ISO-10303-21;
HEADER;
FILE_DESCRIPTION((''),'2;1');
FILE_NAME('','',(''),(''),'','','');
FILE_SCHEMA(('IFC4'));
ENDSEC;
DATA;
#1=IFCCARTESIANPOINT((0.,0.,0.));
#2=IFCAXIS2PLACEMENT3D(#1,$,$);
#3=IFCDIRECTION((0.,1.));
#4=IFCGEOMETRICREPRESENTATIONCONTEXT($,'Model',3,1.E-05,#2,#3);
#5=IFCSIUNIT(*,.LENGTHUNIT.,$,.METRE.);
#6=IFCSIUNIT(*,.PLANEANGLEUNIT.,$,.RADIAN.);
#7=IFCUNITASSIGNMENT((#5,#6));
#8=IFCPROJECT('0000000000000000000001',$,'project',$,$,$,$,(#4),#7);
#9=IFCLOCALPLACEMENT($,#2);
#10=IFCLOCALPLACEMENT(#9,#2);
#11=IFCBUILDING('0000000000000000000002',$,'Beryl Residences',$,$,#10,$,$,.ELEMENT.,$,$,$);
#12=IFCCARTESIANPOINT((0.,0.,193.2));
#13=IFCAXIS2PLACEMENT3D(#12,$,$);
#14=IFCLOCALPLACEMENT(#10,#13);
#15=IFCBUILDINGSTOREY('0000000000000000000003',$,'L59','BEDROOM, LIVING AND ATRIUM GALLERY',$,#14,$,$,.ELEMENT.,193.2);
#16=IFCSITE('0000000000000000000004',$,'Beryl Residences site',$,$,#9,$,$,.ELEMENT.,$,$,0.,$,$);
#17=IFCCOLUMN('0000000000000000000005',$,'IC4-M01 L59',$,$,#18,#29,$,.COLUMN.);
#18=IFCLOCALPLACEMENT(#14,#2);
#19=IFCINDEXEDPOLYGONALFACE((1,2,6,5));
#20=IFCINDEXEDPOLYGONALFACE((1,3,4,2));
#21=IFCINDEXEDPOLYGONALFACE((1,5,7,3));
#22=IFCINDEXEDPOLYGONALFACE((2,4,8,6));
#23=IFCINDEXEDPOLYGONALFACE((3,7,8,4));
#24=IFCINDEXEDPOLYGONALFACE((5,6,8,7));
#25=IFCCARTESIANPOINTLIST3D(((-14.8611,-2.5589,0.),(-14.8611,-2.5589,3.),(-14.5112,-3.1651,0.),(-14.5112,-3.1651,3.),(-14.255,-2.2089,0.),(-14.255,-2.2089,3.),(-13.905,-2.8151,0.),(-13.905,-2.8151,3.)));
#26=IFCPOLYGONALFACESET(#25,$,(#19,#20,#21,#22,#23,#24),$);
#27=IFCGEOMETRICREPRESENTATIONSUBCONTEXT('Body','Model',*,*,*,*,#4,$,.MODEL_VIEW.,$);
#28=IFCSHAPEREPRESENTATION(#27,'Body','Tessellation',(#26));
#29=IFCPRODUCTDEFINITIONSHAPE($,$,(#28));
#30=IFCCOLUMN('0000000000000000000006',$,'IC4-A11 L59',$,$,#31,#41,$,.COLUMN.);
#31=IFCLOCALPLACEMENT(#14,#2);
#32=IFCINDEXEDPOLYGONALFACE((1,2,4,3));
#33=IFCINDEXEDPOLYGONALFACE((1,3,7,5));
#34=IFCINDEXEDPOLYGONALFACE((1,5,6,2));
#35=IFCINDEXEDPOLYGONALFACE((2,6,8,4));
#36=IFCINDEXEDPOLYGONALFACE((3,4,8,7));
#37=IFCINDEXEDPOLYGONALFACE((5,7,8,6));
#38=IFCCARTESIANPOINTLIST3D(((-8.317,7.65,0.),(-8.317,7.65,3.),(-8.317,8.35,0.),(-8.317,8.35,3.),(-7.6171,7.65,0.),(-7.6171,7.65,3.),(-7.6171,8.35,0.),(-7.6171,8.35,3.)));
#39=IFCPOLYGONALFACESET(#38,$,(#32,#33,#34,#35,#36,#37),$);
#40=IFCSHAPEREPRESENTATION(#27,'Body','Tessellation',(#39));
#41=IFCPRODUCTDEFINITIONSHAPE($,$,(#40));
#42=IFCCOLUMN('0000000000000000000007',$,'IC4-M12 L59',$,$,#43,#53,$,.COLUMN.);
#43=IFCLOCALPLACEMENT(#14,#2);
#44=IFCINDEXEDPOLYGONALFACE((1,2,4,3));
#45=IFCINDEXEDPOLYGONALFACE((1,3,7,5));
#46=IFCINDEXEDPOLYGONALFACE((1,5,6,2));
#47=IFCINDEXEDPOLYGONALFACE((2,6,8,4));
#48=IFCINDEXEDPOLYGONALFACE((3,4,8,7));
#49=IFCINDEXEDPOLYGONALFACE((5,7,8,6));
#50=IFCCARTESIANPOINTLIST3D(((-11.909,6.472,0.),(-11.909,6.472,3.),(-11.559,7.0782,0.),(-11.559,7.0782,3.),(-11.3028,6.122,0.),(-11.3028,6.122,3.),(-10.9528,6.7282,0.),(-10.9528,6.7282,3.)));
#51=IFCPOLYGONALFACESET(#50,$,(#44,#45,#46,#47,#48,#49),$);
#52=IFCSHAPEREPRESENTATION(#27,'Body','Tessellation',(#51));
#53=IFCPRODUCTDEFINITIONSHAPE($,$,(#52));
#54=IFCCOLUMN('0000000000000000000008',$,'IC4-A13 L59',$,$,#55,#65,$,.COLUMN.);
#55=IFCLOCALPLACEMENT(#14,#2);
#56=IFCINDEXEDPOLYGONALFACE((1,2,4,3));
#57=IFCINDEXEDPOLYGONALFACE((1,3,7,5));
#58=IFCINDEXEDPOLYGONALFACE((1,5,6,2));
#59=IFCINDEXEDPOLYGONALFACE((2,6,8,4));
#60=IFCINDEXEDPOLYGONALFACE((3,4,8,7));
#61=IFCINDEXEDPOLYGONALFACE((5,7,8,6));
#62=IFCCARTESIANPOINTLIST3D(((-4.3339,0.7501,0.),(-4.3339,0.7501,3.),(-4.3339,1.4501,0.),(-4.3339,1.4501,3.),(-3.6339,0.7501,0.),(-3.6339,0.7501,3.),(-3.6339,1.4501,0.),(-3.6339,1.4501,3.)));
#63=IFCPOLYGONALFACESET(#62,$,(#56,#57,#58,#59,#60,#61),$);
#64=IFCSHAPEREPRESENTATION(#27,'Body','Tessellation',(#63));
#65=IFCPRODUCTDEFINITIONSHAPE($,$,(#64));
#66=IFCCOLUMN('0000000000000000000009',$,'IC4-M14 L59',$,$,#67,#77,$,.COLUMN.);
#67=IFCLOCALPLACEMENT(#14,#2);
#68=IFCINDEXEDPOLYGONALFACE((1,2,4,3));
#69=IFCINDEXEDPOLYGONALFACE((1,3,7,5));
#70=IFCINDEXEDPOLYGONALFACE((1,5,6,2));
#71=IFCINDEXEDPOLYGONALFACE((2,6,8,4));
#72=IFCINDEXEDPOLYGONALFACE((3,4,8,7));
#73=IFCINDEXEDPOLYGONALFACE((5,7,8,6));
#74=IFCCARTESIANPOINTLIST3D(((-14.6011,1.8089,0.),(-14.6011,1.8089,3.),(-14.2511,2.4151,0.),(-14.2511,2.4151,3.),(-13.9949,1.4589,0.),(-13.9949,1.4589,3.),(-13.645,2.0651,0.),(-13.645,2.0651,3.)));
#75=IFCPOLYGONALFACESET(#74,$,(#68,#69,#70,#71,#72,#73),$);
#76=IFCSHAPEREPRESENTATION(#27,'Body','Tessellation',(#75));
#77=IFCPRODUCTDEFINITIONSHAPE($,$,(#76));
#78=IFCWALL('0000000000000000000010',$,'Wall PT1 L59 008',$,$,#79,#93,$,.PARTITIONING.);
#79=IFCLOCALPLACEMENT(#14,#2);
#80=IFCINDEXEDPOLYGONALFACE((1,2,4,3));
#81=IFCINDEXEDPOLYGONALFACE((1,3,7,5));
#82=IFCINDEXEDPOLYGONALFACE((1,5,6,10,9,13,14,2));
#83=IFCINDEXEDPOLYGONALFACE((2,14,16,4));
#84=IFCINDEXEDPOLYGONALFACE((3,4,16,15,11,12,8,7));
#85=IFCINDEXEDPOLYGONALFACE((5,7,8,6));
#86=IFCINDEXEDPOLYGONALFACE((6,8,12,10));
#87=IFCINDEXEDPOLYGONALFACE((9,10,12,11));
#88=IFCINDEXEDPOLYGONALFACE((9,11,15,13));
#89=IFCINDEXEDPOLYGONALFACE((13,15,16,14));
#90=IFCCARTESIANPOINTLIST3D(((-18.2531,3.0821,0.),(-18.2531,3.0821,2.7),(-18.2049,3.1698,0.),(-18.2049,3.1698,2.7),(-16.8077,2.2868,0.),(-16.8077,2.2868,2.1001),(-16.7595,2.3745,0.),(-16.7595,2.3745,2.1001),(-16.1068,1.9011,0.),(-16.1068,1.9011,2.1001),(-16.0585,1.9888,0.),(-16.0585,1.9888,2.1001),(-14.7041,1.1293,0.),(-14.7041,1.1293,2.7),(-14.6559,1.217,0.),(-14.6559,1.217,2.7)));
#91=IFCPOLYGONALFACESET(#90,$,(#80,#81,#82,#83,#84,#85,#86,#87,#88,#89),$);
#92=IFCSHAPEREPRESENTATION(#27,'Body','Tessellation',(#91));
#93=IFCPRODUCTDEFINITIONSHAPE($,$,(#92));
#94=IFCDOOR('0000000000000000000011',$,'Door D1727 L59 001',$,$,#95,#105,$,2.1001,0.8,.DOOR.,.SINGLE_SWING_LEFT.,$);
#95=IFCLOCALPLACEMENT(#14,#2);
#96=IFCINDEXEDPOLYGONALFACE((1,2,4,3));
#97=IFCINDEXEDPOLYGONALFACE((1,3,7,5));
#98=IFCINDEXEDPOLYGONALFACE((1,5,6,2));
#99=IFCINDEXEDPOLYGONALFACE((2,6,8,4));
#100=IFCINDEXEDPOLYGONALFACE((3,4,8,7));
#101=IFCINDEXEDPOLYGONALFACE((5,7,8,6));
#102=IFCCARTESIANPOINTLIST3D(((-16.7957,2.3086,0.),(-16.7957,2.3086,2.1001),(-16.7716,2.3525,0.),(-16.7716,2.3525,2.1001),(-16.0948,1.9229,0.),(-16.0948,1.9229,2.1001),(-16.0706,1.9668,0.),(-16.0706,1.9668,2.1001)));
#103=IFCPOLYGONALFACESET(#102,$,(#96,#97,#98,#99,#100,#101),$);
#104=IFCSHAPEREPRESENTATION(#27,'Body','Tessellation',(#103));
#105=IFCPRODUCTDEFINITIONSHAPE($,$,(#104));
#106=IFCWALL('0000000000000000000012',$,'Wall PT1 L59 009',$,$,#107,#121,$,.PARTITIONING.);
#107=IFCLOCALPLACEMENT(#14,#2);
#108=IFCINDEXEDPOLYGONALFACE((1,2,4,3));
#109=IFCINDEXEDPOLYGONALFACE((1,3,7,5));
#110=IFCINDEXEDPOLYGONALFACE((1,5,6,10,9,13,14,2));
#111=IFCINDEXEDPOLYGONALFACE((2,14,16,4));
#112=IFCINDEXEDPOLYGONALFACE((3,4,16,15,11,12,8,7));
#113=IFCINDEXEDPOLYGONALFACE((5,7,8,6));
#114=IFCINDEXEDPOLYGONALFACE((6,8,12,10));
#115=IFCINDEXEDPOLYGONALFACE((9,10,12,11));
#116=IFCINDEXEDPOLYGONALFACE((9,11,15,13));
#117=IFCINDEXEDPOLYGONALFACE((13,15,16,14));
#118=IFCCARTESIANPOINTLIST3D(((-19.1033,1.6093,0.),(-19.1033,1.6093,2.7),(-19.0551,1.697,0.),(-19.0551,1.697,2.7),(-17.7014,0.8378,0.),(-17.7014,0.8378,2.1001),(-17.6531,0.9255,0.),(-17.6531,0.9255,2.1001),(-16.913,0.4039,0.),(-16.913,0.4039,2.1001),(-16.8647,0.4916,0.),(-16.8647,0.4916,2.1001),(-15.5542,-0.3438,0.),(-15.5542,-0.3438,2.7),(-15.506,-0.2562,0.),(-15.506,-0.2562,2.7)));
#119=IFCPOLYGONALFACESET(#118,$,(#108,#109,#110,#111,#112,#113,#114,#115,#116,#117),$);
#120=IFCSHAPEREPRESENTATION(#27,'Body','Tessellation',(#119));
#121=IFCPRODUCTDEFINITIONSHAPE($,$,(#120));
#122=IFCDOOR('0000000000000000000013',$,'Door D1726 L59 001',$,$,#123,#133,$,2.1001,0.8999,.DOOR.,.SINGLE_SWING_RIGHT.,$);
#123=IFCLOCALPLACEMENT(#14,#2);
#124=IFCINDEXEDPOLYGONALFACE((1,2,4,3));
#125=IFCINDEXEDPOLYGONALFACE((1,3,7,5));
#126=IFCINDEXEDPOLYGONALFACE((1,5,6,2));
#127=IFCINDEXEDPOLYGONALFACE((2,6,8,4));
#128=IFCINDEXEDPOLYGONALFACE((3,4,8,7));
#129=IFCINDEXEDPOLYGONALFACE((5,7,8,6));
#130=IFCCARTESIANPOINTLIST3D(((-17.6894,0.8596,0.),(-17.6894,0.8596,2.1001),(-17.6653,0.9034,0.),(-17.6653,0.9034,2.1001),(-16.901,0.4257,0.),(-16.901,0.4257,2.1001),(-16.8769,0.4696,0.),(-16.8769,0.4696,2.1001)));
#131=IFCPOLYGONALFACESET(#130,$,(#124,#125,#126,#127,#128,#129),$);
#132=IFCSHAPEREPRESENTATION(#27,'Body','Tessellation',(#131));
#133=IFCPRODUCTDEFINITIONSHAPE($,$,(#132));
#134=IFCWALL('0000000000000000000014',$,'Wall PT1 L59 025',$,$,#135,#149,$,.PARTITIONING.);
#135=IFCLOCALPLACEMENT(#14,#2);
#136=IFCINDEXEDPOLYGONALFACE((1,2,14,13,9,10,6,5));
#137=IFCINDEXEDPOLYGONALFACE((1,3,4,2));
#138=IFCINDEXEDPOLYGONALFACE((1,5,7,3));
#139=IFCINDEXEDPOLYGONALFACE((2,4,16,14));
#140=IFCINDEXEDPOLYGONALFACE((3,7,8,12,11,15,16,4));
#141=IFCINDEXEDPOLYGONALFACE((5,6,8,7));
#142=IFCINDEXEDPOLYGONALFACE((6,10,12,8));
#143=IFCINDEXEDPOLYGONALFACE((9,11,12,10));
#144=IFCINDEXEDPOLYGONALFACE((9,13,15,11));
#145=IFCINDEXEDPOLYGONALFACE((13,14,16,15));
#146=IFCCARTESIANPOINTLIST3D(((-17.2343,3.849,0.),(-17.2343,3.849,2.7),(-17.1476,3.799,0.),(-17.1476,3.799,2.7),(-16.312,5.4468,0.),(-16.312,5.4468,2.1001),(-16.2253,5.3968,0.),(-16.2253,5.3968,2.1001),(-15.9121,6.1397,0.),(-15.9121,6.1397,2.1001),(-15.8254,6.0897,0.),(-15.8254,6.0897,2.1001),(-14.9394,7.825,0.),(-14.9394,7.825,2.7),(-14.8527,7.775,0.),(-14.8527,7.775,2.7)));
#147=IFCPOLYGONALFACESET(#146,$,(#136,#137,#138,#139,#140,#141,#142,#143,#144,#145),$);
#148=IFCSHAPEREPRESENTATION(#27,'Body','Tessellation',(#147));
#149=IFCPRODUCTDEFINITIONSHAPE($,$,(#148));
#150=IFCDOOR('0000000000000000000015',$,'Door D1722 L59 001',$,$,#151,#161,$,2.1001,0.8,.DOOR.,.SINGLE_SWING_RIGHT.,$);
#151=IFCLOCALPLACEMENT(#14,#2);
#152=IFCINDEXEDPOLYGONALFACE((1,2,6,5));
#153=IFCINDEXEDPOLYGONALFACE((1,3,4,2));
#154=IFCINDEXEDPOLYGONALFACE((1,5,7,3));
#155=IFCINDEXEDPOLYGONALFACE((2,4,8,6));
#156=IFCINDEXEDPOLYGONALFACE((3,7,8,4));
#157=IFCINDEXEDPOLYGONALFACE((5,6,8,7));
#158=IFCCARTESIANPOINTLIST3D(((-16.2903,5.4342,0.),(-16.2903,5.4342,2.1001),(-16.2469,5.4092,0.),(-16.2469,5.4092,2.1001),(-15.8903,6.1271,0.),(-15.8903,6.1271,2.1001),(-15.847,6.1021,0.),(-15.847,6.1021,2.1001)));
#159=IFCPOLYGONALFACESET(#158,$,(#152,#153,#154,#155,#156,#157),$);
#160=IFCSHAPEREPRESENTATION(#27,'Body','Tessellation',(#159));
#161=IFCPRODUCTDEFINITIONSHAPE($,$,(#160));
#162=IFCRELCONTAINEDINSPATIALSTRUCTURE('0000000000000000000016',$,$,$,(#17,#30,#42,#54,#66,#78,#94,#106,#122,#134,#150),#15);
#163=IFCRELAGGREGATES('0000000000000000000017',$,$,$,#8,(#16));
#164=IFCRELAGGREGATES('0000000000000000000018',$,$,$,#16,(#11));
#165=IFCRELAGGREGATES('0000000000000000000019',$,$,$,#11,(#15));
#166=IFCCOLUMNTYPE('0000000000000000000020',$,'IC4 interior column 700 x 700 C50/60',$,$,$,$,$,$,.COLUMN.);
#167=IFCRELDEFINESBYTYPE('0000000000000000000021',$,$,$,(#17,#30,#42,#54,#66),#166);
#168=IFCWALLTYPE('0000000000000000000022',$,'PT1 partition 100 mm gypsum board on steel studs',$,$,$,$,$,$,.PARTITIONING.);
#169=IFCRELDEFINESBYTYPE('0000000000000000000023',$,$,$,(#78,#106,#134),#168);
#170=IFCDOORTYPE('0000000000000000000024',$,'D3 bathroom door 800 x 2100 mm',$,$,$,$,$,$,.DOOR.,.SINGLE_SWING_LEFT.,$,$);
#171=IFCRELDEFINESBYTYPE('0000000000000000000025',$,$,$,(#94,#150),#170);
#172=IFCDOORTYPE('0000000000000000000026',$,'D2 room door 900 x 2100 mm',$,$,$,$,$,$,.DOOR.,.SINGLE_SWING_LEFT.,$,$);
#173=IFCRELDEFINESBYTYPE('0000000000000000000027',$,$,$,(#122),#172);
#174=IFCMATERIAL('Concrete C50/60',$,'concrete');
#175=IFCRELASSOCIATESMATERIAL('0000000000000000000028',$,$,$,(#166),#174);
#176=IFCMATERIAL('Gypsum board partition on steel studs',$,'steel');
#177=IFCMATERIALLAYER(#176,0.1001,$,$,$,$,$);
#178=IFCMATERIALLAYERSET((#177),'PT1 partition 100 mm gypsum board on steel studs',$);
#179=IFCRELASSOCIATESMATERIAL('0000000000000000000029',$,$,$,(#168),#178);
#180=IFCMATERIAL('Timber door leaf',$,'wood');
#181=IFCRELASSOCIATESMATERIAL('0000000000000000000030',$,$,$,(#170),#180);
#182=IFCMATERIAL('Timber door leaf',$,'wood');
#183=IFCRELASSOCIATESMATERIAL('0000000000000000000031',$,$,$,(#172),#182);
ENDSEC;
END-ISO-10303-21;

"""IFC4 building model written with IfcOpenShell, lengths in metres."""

from ifc_helpers import new_model, si_unit, direction, frame, frame_2d, origin, origin_2d, place, context, subcontext, project, spatial, rectangle, extrude, material, layer, layer_set, material_profile, profile_set, type_object, element, fill, save


model = new_model("IFC4")

# Units and contexts
model_context = context("Model", 3, precision=1e-05, world=origin(), true_north=direction((0.0, 1.0)))
body_context = subcontext(model_context, "Body", "Model", "MODEL_VIEW")
ifc_project = project(units=[si_unit("LENGTHUNIT", "METRE"), si_unit("PLANEANGLEUNIT", "RADIAN")], contexts=[model_context])

# Site, building, storey
site_placement = place(None, origin())
site = spatial("IfcSite", under=ifc_project, at=site_placement, Name="Beryl Residences site", CompositionType="ELEMENT", RefElevation=0.0)
building_placement = place(site_placement, origin())
building = spatial("IfcBuilding", under=site, at=building_placement, Name="Beryl Residences", CompositionType="ELEMENT")
storey_placement = place(building_placement, frame((0.0, 0.0, 193.2)))
storey = spatial("IfcBuildingStorey", under=building, at=storey_placement, Name="L59", Description="BEDROOM, LIVING AND ATRIUM GALLERY", CompositionType="ELEMENT", Elevation=193.2)

# Columns
ifc_material_1 = material(Name="Concrete C50/60", Category="concrete")
ifc_material_profile = material_profile(ifc_material_1, rectangle(XDim=0.7, YDim=0.7, at=origin_2d()))
ifc_profile_set = profile_set([ifc_material_profile], Name="Concrete C50/60")
column_type = type_object("IfcColumnType", Name="IC4 interior column 700 x 700 C50/60", PredefinedType="COLUMN", material=ifc_profile_set)
for number, where, z_axis, x_axis, name in (
    (1, (-14.3831, -2.687, 0.0), (0.0, 0.0, 1.0), (0.5, -0.866025, 0.0), "IC4-M01 L59"),
    (2, (-7.967, 8.0, 0.0), (0.0, 0.0, 1.0), (1.0, 0.0, 0.0), "IC4-A11 L59"),
    (3, (-11.4309, 6.6001, 0.0), (0.0, 0.0, 1.0), (-0.5, -0.866025, 0.0), "IC4-M12 L59"),
    (4, (-3.9839, 1.1001, 0.0), (0.0, 0.0, 1.0), (1.0, 0.0, 0.0), "IC4-A13 L59"),
    (5, (-14.123, 1.937, 0.0), (0.0, 0.0, 1.0), (-0.5, -0.866025, 0.0), "IC4-M14 L59"),
):
    element("IfcColumn", number, at=place(storey_placement, frame(where, z_axis=z_axis, x_axis=x_axis)), inside=storey, type_object=column_type, Name=name, PredefinedType="COLUMN", context=body_context, shape_type="SweptSolid", body=[
        extrude(rectangle(XDim=0.7, YDim=0.7, at=origin_2d()), origin(), (0.0, 0.0, 1.0), 3.0),
    ])

# Walls, openings, doors
ifc_material_2 = material(Name="Gypsum board partition on steel studs", Category="steel")
ifc_layer_1 = layer(ifc_material_2, 0.1001)
ifc_layer_set_1 = layer_set([ifc_layer_1], Name="PT1 partition 100 mm gypsum board on steel studs")
wall_type_1 = type_object("IfcWallType", Name="PT1 partition 100 mm gypsum board on steel studs", PredefinedType="PARTITIONING", material=ifc_layer_set_1)
wall_1_placement = place(storey_placement, frame((-18.229, 3.126, 0.0), z_axis=(0.0, 0.0, 1.0), x_axis=(0.876123, -0.482088, 0.0)))
wall_1 = element("IfcWall", 6, at=wall_1_placement, inside=storey, type_object=wall_type_1, Name="Wall PT1 L59 008", PredefinedType="PARTITIONING", context=body_context, shape_type="SweptSolid", body=[
    extrude(rectangle(XDim=4.0508, YDim=0.1001, at=frame_2d((2.0254, 0.0))), origin(), (0.0, 0.0, 1.0), 2.7),
])
opening_1_placement = place(wall_1_placement, frame((1.6499, 0.0, 0.0)))
opening_1 = element("IfcOpeningElement", 7, at=opening_1_placement, cuts=wall_1, PredefinedType="OPENING", context=body_context, shape_type="SweptSolid", body=[
    extrude(rectangle(XDim=0.8, YDim=2.1001, at=frame_2d((0.3999, 1.05))), frame((0.0, 0.0601, 0.0), z_axis=(0.0, -1.0, 0.0), x_axis=(1.0, 0.0, 0.0)), (0.0, 0.0, 1.0), 0.1201),
])
ifc_material_3 = material(Name="Timber door leaf", Category="wood")
door_type_1 = type_object("IfcDoorType", Name="D3 bathroom door 800 x 2100 mm", OperationType="SINGLE_SWING_LEFT", PredefinedType="DOOR", material=ifc_material_3)
door_1_placement = place(opening_1_placement, origin())
door_1 = element("IfcDoor", 8, at=door_1_placement, inside=storey, type_object=door_type_1, Name="Door D1727 L59 001", OperationType="SINGLE_SWING_LEFT", OverallHeight=2.1001, OverallWidth=0.8, PredefinedType="DOOR", context=body_context, shape_type="SweptSolid", body=[
    extrude(rectangle(XDim=0.8, YDim=2.1001, at=frame_2d((0.3999, 1.05))), frame((0.0, 0.0249, 0.0), z_axis=(0.0, -1.0, 0.0), x_axis=(1.0, 0.0, 0.0)), (0.0, 0.0, 1.0), 0.05),
])
fill(opening_1, door_1)
wall_2_placement = place(storey_placement, frame((-19.0791, 1.6531, 0.0), z_axis=(0.0, 0.0, 1.0), x_axis=(0.876098, -0.482134, 0.0)))
wall_2 = element("IfcWall", 9, at=wall_2_placement, inside=storey, type_object=wall_type_1, Name="Wall PT1 L59 009", PredefinedType="PARTITIONING", context=body_context, shape_type="SweptSolid", body=[
    extrude(rectangle(XDim=4.051, YDim=0.1001, at=frame_2d((2.0254, 0.0))), origin(), (0.0, 0.0, 1.0), 2.7),
])
opening_2_placement = place(wall_2_placement, frame((1.6001, 0.0, 0.0)))
opening_2 = element("IfcOpeningElement", 10, at=opening_2_placement, cuts=wall_2, PredefinedType="OPENING", context=body_context, shape_type="SweptSolid", body=[
    extrude(rectangle(XDim=0.8999, YDim=2.1001, at=frame_2d((0.45, 1.05))), frame((0.0, 0.0601, 0.0), z_axis=(0.0, -1.0, 0.0), x_axis=(1.0, 0.0, 0.0)), (0.0, 0.0, 1.0), 0.1201),
])
ifc_material_4 = material(Name="Timber door leaf", Category="wood")
door_type_2 = type_object("IfcDoorType", Name="D2 room door 900 x 2100 mm", OperationType="SINGLE_SWING_LEFT", PredefinedType="DOOR", material=ifc_material_4)
door_2_placement = place(opening_2_placement, origin())
door_2 = element("IfcDoor", 11, at=door_2_placement, inside=storey, type_object=door_type_2, Name="Door D1726 L59 001", OperationType="SINGLE_SWING_RIGHT", OverallHeight=2.1001, OverallWidth=0.8999, PredefinedType="DOOR", context=body_context, shape_type="SweptSolid", body=[
    extrude(rectangle(XDim=0.8999, YDim=2.1001, at=frame_2d((0.45, 1.05))), frame((0.0, 0.0249, 0.0), z_axis=(0.0, -1.0, 0.0), x_axis=(1.0, 0.0, 0.0)), (0.0, 0.0, 1.0), 0.05),
])
fill(opening_2, door_2)
wall_3_placement = place(storey_placement, frame((-17.1909, 3.824, 0.0), z_axis=(0.0, 0.0, 1.0), x_axis=(0.499891, 0.866088, 0.0)))
wall_3 = element("IfcWall", 12, at=wall_3_placement, inside=storey, type_object=wall_type_1, Name="Wall PT1 L59 025", PredefinedType="PARTITIONING", context=body_context, shape_type="SweptSolid", body=[
    extrude(rectangle(XDim=4.5908, YDim=0.1001, at=frame_2d((2.2954, 0.0))), origin(), (0.0, 0.0, 1.0), 2.7),
])
opening_3_placement = place(wall_3_placement, frame((1.845, 0.0, 0.0)))
opening_3 = element("IfcOpeningElement", 13, at=opening_3_placement, cuts=wall_3, PredefinedType="OPENING", context=body_context, shape_type="SweptSolid", body=[
    extrude(rectangle(XDim=0.8, YDim=2.1001, at=frame_2d((0.3999, 1.05))), frame((0.0, 0.0601, 0.0), z_axis=(0.0, -1.0, 0.0), x_axis=(1.0, 0.0, 0.0)), (0.0, 0.0, 1.0), 0.1201),
])
door_3_placement = place(opening_3_placement, origin())
door_3 = element("IfcDoor", 14, at=door_3_placement, inside=storey, type_object=door_type_1, Name="Door D1722 L59 001", OperationType="SINGLE_SWING_RIGHT", OverallHeight=2.1001, OverallWidth=0.8, PredefinedType="DOOR", context=body_context, shape_type="SweptSolid", body=[
    extrude(rectangle(XDim=0.8, YDim=2.1001, at=frame_2d((0.3999, 1.05))), frame((0.0, 0.0249, 0.0), z_axis=(0.0, -1.0, 0.0), x_axis=(1.0, 0.0, 0.0)), (0.0, 0.0, 1.0), 0.05),
])
fill(opening_3, door_3)

save(model, "model.ifc")
